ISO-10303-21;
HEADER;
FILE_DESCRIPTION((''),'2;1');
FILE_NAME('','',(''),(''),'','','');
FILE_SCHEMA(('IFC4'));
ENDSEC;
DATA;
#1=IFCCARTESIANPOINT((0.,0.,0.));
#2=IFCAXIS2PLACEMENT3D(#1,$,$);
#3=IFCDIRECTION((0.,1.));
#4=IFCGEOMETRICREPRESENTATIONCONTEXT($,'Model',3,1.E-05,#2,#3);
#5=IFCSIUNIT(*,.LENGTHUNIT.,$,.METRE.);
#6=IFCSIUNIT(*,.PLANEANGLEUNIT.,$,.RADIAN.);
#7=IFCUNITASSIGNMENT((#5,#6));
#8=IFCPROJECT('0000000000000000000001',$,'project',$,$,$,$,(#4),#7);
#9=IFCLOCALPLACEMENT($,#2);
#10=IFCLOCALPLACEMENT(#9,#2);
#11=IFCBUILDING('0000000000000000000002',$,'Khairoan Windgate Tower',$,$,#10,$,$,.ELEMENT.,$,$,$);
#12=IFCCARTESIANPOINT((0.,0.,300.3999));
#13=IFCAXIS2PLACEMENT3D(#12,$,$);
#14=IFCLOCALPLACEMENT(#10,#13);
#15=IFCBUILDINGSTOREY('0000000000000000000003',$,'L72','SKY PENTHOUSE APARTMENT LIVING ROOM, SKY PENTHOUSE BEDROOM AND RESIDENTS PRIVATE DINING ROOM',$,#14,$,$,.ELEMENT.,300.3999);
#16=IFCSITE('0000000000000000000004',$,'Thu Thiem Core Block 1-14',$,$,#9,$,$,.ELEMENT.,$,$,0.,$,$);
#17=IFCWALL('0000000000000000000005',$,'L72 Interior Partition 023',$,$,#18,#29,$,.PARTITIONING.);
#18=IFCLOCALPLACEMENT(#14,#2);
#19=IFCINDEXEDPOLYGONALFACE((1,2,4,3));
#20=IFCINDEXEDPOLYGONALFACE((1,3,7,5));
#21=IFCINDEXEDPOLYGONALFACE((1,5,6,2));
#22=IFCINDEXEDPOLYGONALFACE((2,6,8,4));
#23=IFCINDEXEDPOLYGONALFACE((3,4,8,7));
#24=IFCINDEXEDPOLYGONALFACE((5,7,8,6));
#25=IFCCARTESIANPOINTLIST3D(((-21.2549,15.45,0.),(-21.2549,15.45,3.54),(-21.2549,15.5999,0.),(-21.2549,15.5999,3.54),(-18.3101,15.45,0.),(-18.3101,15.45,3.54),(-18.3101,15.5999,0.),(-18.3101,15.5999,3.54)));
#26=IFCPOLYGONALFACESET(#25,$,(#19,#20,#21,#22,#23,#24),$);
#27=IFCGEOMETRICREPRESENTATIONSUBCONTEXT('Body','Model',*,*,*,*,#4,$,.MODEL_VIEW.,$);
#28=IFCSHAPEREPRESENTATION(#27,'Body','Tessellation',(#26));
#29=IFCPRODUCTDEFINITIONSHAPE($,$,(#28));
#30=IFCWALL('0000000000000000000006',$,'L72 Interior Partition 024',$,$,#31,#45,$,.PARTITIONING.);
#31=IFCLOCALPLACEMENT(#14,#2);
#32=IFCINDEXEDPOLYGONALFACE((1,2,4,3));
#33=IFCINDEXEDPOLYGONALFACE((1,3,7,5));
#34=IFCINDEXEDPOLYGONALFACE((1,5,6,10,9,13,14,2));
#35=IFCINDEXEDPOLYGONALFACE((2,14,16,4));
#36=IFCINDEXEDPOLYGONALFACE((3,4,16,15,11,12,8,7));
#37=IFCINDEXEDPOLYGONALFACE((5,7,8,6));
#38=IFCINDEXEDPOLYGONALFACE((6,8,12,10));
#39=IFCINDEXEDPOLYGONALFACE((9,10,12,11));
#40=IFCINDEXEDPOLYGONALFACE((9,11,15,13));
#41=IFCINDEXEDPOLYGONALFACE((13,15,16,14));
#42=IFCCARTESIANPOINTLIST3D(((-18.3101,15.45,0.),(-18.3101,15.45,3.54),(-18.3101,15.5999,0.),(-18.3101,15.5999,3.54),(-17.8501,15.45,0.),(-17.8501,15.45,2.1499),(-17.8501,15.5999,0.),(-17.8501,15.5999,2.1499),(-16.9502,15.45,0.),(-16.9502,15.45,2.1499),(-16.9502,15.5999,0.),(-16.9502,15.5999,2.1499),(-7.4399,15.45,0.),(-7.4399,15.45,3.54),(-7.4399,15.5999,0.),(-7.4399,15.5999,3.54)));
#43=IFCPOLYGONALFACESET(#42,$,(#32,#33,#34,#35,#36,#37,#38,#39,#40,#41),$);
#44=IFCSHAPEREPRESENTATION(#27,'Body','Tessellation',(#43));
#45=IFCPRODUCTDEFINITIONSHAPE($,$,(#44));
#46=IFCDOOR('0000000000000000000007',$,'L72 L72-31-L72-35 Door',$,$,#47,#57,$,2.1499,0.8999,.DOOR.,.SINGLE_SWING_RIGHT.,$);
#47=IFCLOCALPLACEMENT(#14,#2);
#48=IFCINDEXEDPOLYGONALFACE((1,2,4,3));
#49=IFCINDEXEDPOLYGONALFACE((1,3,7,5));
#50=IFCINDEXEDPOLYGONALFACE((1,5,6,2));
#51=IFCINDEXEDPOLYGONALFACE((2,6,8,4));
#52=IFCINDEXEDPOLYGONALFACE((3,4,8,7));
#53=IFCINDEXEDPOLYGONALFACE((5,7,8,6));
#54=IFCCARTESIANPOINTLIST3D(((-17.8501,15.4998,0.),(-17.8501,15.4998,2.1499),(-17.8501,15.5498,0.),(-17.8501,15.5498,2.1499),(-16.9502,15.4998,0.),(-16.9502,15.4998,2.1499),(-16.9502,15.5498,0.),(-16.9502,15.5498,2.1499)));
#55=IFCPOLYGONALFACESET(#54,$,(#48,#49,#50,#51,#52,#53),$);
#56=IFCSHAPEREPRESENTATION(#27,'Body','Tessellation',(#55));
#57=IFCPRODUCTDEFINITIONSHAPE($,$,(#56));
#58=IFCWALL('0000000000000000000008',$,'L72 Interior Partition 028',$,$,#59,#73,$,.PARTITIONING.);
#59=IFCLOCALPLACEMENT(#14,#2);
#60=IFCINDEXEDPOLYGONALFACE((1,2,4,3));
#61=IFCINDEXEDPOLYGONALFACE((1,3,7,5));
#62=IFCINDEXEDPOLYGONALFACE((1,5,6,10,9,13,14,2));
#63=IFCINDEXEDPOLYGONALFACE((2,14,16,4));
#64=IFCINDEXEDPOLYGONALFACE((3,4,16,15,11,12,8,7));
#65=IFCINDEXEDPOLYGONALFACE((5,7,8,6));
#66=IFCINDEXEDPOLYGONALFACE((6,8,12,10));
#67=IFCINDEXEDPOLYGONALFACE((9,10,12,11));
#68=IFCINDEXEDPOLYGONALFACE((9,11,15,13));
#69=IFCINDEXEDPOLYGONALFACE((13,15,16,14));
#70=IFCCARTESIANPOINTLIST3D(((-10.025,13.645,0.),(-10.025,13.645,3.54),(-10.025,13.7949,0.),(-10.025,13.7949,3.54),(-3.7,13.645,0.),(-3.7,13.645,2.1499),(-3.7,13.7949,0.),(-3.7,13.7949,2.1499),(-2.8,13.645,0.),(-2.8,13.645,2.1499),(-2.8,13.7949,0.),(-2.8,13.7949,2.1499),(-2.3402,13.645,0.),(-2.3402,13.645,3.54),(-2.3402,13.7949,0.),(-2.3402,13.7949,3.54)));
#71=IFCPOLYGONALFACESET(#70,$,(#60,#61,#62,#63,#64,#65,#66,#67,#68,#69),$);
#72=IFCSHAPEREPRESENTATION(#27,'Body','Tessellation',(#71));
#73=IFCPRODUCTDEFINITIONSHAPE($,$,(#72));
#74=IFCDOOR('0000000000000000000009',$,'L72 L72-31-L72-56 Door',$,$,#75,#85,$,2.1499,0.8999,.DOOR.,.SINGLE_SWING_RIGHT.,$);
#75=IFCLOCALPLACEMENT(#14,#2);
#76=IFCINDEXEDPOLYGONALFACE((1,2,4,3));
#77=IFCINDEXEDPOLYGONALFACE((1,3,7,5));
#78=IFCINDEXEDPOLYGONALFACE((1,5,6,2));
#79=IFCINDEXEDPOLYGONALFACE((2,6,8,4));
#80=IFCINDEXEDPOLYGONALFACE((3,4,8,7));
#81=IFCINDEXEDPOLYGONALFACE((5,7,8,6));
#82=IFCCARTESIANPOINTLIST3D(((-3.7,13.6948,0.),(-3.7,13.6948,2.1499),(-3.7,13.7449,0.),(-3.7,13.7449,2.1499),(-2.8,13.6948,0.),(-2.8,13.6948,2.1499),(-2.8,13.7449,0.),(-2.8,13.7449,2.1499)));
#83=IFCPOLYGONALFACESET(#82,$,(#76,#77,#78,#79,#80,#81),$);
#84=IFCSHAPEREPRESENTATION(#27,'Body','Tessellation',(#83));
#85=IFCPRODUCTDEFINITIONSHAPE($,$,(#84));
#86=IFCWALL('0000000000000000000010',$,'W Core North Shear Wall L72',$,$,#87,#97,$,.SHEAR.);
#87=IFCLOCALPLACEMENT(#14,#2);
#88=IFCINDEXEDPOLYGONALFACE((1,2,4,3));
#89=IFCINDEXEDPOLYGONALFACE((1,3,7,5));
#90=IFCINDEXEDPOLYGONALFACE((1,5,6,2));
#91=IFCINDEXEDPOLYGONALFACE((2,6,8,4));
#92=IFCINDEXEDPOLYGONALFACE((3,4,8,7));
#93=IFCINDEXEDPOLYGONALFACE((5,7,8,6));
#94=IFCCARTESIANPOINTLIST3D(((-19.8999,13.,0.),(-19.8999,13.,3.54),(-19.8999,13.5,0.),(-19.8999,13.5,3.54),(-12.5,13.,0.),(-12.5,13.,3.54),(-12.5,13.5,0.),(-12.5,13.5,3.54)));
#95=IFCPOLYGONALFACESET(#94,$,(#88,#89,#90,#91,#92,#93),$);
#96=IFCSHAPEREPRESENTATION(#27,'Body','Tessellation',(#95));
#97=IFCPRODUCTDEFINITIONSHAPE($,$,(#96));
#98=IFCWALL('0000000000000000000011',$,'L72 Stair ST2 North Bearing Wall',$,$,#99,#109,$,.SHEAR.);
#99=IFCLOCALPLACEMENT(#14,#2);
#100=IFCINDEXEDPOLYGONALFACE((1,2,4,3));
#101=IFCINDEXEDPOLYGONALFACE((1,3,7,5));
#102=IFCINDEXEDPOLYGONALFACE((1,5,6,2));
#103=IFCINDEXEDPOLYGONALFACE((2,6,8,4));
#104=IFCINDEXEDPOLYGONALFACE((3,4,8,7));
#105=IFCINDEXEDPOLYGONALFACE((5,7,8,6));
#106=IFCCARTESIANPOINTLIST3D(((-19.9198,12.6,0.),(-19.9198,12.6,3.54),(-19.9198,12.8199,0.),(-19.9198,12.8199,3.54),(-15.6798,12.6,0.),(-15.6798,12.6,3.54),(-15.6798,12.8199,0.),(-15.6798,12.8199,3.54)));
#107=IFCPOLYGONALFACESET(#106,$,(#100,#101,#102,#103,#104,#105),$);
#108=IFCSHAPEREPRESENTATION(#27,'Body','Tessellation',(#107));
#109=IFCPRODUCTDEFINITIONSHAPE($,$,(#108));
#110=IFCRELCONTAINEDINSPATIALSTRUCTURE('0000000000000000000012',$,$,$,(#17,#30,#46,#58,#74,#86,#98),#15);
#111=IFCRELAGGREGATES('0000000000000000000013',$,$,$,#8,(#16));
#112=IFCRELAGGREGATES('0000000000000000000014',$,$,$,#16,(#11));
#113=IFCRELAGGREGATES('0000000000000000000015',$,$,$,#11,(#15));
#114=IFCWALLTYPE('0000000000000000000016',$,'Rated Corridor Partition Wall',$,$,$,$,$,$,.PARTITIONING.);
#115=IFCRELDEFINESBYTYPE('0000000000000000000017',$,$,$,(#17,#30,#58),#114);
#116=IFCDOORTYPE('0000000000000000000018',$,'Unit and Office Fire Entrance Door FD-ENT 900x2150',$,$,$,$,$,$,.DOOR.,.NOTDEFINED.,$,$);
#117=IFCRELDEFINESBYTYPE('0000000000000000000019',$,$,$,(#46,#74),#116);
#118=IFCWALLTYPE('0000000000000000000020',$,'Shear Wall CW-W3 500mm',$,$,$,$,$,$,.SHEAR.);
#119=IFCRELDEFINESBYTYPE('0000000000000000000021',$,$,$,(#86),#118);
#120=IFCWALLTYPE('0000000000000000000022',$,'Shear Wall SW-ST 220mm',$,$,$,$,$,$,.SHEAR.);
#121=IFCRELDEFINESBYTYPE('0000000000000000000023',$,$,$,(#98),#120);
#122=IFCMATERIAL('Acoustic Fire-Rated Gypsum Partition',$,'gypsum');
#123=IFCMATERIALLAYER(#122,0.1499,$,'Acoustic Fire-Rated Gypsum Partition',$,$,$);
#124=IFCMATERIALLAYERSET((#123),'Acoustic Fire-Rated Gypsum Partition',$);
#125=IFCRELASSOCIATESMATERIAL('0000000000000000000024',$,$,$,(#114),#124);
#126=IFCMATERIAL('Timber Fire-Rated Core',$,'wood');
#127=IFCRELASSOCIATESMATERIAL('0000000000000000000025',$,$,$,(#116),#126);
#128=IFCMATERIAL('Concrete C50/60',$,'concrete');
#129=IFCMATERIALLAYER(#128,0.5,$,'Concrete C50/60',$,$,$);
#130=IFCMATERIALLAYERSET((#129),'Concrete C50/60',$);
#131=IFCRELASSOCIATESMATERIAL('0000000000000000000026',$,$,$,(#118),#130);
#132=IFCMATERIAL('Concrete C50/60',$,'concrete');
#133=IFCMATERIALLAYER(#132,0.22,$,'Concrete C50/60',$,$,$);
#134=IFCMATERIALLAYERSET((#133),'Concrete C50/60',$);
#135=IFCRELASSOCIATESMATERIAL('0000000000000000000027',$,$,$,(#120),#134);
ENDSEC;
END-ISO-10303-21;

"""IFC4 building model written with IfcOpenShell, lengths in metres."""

from ifc_helpers import new_model, si_unit, direction, frame, frame_2d, origin, place, context, subcontext, project, spatial, rectangle, extrude, material, layer, layer_set, type_object, element, fill, save


model = new_model("IFC4")

# Units and contexts
model_context = context("Model", 3, precision=1e-05, world=origin(), true_north=direction((0.0, 1.0)))
body_context = subcontext(model_context, "Body", "Model", "MODEL_VIEW")
ifc_project = project(units=[si_unit("LENGTHUNIT", "METRE"), si_unit("PLANEANGLEUNIT", "RADIAN")], contexts=[model_context])

# Site, building, storey
site_placement = place(None, origin())
site = spatial("IfcSite", under=ifc_project, at=site_placement, Name="Thu Thiem Core Block 1-14", CompositionType="ELEMENT", RefElevation=0.0)
building_placement = place(site_placement, origin())
building = spatial("IfcBuilding", under=site, at=building_placement, Name="Khairoan Windgate Tower", CompositionType="ELEMENT")
storey_placement = place(building_placement, frame((0.0, 0.0, 300.3999)))
storey = spatial("IfcBuildingStorey", under=building, at=storey_placement, Name="L72", Description="SKY PENTHOUSE APARTMENT LIVING ROOM, SKY PENTHOUSE BEDROOM AND RESIDENTS PRIVATE DINING ROOM", CompositionType="ELEMENT", Elevation=300.3999)

# Wall
ifc_material_1 = material(Name="Acoustic Fire-Rated Gypsum Partition", Category="gypsum")
ifc_layer_1 = layer(ifc_material_1, 0.1499, Name="Acoustic Fire-Rated Gypsum Partition")
ifc_layer_set_1 = layer_set([ifc_layer_1], Name="Acoustic Fire-Rated Gypsum Partition")
wall_type_1 = type_object("IfcWallType", Name="Rated Corridor Partition Wall", PredefinedType="PARTITIONING", material=ifc_layer_set_1)
wall_1_placement = place(storey_placement, frame((-21.2549, 15.5249, 0.0), z_axis=(0.0, 0.0, 1.0), x_axis=(1.0, 0.0, 0.0)))
element("IfcWall", 1, at=wall_1_placement, inside=storey, type_object=wall_type_1, Name="L72 Interior Partition 023", PredefinedType="PARTITIONING", context=body_context, shape_type="SweptSolid", body=[
    extrude(rectangle(XDim=2.9448, YDim=0.1499, at=frame_2d((1.4724, 0.0))), origin(), (0.0, 0.0, 1.0), 3.54),
])

# Walls, openings, doors
wall_2_placement = place(storey_placement, frame((-18.3101, 15.5249, 0.0), z_axis=(0.0, 0.0, 1.0), x_axis=(1.0, 0.0, 0.0)))
wall_2 = element("IfcWall", 2, at=wall_2_placement, inside=storey, type_object=wall_type_1, Name="L72 Interior Partition 024", PredefinedType="PARTITIONING", context=body_context, shape_type="SweptSolid", body=[
    extrude(rectangle(XDim=10.8701, YDim=0.1499, at=frame_2d((5.4351, 0.0))), origin(), (0.0, 0.0, 1.0), 3.54),
])
opening_1_placement = place(wall_2_placement, frame((0.46, 0.0, 0.0)))
opening_1 = element("IfcOpeningElement", 3, at=opening_1_placement, cuts=wall_2, PredefinedType="OPENING", context=body_context, shape_type="SweptSolid", body=[
    extrude(rectangle(XDim=0.8999, YDim=2.1499, at=frame_2d((0.45, 1.075))), frame((0.0, 0.085, 0.0), z_axis=(0.0, -1.0, 0.0), x_axis=(1.0, 0.0, 0.0)), (0.0, 0.0, 1.0), 0.1699),
])
ifc_material_2 = material(Name="Timber Fire-Rated Core", Category="wood")
door_type_1 = type_object("IfcDoorType", Name="Unit and Office Fire Entrance Door FD-ENT 900x2150", OperationType="NOTDEFINED", PredefinedType="DOOR", material=ifc_material_2)
door_1_placement = place(opening_1_placement, origin())
door_1 = element("IfcDoor", 4, at=door_1_placement, inside=storey, type_object=door_type_1, Name="L72 L72-31-L72-35 Door", OperationType="SINGLE_SWING_RIGHT", OverallHeight=2.1499, OverallWidth=0.8999, PredefinedType="DOOR", context=body_context, shape_type="SweptSolid", body=[
    extrude(rectangle(XDim=0.8999, YDim=2.1499, at=frame_2d((0.45, 1.075))), frame((0.0, 0.0249, 0.0), z_axis=(0.0, -1.0, 0.0), x_axis=(1.0, 0.0, 0.0)), (0.0, 0.0, 1.0), 0.05),
])
fill(opening_1, door_1)
wall_3_placement = place(storey_placement, frame((-10.0249, 13.72, 0.0), z_axis=(0.0, 0.0, 1.0), x_axis=(1.0, 0.0, 0.0)))
wall_3 = element("IfcWall", 5, at=wall_3_placement, inside=storey, type_object=wall_type_1, Name="L72 Interior Partition 028", PredefinedType="PARTITIONING", context=body_context, shape_type="SweptSolid", body=[
    extrude(rectangle(XDim=7.6848, YDim=0.1499, at=frame_2d((3.8423, 0.0))), origin(), (0.0, 0.0, 1.0), 3.54),
])
opening_2_placement = place(wall_3_placement, frame((6.325, 0.0, 0.0)))
opening_2 = element("IfcOpeningElement", 6, at=opening_2_placement, cuts=wall_3, PredefinedType="OPENING", context=body_context, shape_type="SweptSolid", body=[
    extrude(rectangle(XDim=0.8999, YDim=2.1499, at=frame_2d((0.45, 1.075))), frame((0.0, 0.085, 0.0), z_axis=(0.0, -1.0, 0.0), x_axis=(1.0, 0.0, 0.0)), (0.0, 0.0, 1.0), 0.1699),
])
door_2_placement = place(opening_2_placement, origin())
door_2 = element("IfcDoor", 7, at=door_2_placement, inside=storey, type_object=door_type_1, Name="L72 L72-31-L72-56 Door", OperationType="SINGLE_SWING_RIGHT", OverallHeight=2.1499, OverallWidth=0.8999, PredefinedType="DOOR", context=body_context, shape_type="SweptSolid", body=[
    extrude(rectangle(XDim=0.8999, YDim=2.1499, at=frame_2d((0.45, 1.075))), frame((0.0, 0.0249, 0.0), z_axis=(0.0, -1.0, 0.0), x_axis=(1.0, 0.0, 0.0)), (0.0, 0.0, 1.0), 0.05),
])
fill(opening_2, door_2)

# Walls
ifc_material_3 = material(Name="Concrete C50/60", Category="concrete")
ifc_layer_2 = layer(ifc_material_3, 0.5, Name="Concrete C50/60")
ifc_layer_set_2 = layer_set([ifc_layer_2], Name="Concrete C50/60")
wall_type_2 = type_object("IfcWallType", Name="Shear Wall CW-W3 500mm", PredefinedType="SHEAR", material=ifc_layer_set_2)
wall_4_placement = place(storey_placement, frame((-19.8999, 13.25, 0.0), z_axis=(0.0, 0.0, 1.0), x_axis=(1.0, 0.0, 0.0)))
element("IfcWall", 8, at=wall_4_placement, inside=storey, type_object=wall_type_2, Name="W Core North Shear Wall L72", PredefinedType="SHEAR", context=body_context, shape_type="SweptSolid", body=[
    extrude(rectangle(XDim=7.3999, YDim=0.5, at=frame_2d((3.7, 0.0))), origin(), (0.0, 0.0, 1.0), 3.54),
])
ifc_material_4 = material(Name="Concrete C50/60", Category="concrete")
ifc_layer_3 = layer(ifc_material_4, 0.22, Name="Concrete C50/60")
ifc_layer_set_3 = layer_set([ifc_layer_3], Name="Concrete C50/60")
wall_type_3 = type_object("IfcWallType", Name="Shear Wall SW-ST 220mm", PredefinedType="SHEAR", material=ifc_layer_set_3)
wall_5_placement = place(storey_placement, frame((-19.9199, 12.71, 0.0), z_axis=(0.0, 0.0, 1.0), x_axis=(1.0, 0.0, 0.0)))
element("IfcWall", 9, at=wall_5_placement, inside=storey, type_object=wall_type_3, Name="L72 Stair ST2 North Bearing Wall", PredefinedType="SHEAR", context=body_context, shape_type="SweptSolid", body=[
    extrude(rectangle(XDim=4.24, YDim=0.22, at=frame_2d((2.1201, 0.0))), origin(), (0.0, 0.0, 1.0), 3.54),
])

save(model, "model.ifc")
